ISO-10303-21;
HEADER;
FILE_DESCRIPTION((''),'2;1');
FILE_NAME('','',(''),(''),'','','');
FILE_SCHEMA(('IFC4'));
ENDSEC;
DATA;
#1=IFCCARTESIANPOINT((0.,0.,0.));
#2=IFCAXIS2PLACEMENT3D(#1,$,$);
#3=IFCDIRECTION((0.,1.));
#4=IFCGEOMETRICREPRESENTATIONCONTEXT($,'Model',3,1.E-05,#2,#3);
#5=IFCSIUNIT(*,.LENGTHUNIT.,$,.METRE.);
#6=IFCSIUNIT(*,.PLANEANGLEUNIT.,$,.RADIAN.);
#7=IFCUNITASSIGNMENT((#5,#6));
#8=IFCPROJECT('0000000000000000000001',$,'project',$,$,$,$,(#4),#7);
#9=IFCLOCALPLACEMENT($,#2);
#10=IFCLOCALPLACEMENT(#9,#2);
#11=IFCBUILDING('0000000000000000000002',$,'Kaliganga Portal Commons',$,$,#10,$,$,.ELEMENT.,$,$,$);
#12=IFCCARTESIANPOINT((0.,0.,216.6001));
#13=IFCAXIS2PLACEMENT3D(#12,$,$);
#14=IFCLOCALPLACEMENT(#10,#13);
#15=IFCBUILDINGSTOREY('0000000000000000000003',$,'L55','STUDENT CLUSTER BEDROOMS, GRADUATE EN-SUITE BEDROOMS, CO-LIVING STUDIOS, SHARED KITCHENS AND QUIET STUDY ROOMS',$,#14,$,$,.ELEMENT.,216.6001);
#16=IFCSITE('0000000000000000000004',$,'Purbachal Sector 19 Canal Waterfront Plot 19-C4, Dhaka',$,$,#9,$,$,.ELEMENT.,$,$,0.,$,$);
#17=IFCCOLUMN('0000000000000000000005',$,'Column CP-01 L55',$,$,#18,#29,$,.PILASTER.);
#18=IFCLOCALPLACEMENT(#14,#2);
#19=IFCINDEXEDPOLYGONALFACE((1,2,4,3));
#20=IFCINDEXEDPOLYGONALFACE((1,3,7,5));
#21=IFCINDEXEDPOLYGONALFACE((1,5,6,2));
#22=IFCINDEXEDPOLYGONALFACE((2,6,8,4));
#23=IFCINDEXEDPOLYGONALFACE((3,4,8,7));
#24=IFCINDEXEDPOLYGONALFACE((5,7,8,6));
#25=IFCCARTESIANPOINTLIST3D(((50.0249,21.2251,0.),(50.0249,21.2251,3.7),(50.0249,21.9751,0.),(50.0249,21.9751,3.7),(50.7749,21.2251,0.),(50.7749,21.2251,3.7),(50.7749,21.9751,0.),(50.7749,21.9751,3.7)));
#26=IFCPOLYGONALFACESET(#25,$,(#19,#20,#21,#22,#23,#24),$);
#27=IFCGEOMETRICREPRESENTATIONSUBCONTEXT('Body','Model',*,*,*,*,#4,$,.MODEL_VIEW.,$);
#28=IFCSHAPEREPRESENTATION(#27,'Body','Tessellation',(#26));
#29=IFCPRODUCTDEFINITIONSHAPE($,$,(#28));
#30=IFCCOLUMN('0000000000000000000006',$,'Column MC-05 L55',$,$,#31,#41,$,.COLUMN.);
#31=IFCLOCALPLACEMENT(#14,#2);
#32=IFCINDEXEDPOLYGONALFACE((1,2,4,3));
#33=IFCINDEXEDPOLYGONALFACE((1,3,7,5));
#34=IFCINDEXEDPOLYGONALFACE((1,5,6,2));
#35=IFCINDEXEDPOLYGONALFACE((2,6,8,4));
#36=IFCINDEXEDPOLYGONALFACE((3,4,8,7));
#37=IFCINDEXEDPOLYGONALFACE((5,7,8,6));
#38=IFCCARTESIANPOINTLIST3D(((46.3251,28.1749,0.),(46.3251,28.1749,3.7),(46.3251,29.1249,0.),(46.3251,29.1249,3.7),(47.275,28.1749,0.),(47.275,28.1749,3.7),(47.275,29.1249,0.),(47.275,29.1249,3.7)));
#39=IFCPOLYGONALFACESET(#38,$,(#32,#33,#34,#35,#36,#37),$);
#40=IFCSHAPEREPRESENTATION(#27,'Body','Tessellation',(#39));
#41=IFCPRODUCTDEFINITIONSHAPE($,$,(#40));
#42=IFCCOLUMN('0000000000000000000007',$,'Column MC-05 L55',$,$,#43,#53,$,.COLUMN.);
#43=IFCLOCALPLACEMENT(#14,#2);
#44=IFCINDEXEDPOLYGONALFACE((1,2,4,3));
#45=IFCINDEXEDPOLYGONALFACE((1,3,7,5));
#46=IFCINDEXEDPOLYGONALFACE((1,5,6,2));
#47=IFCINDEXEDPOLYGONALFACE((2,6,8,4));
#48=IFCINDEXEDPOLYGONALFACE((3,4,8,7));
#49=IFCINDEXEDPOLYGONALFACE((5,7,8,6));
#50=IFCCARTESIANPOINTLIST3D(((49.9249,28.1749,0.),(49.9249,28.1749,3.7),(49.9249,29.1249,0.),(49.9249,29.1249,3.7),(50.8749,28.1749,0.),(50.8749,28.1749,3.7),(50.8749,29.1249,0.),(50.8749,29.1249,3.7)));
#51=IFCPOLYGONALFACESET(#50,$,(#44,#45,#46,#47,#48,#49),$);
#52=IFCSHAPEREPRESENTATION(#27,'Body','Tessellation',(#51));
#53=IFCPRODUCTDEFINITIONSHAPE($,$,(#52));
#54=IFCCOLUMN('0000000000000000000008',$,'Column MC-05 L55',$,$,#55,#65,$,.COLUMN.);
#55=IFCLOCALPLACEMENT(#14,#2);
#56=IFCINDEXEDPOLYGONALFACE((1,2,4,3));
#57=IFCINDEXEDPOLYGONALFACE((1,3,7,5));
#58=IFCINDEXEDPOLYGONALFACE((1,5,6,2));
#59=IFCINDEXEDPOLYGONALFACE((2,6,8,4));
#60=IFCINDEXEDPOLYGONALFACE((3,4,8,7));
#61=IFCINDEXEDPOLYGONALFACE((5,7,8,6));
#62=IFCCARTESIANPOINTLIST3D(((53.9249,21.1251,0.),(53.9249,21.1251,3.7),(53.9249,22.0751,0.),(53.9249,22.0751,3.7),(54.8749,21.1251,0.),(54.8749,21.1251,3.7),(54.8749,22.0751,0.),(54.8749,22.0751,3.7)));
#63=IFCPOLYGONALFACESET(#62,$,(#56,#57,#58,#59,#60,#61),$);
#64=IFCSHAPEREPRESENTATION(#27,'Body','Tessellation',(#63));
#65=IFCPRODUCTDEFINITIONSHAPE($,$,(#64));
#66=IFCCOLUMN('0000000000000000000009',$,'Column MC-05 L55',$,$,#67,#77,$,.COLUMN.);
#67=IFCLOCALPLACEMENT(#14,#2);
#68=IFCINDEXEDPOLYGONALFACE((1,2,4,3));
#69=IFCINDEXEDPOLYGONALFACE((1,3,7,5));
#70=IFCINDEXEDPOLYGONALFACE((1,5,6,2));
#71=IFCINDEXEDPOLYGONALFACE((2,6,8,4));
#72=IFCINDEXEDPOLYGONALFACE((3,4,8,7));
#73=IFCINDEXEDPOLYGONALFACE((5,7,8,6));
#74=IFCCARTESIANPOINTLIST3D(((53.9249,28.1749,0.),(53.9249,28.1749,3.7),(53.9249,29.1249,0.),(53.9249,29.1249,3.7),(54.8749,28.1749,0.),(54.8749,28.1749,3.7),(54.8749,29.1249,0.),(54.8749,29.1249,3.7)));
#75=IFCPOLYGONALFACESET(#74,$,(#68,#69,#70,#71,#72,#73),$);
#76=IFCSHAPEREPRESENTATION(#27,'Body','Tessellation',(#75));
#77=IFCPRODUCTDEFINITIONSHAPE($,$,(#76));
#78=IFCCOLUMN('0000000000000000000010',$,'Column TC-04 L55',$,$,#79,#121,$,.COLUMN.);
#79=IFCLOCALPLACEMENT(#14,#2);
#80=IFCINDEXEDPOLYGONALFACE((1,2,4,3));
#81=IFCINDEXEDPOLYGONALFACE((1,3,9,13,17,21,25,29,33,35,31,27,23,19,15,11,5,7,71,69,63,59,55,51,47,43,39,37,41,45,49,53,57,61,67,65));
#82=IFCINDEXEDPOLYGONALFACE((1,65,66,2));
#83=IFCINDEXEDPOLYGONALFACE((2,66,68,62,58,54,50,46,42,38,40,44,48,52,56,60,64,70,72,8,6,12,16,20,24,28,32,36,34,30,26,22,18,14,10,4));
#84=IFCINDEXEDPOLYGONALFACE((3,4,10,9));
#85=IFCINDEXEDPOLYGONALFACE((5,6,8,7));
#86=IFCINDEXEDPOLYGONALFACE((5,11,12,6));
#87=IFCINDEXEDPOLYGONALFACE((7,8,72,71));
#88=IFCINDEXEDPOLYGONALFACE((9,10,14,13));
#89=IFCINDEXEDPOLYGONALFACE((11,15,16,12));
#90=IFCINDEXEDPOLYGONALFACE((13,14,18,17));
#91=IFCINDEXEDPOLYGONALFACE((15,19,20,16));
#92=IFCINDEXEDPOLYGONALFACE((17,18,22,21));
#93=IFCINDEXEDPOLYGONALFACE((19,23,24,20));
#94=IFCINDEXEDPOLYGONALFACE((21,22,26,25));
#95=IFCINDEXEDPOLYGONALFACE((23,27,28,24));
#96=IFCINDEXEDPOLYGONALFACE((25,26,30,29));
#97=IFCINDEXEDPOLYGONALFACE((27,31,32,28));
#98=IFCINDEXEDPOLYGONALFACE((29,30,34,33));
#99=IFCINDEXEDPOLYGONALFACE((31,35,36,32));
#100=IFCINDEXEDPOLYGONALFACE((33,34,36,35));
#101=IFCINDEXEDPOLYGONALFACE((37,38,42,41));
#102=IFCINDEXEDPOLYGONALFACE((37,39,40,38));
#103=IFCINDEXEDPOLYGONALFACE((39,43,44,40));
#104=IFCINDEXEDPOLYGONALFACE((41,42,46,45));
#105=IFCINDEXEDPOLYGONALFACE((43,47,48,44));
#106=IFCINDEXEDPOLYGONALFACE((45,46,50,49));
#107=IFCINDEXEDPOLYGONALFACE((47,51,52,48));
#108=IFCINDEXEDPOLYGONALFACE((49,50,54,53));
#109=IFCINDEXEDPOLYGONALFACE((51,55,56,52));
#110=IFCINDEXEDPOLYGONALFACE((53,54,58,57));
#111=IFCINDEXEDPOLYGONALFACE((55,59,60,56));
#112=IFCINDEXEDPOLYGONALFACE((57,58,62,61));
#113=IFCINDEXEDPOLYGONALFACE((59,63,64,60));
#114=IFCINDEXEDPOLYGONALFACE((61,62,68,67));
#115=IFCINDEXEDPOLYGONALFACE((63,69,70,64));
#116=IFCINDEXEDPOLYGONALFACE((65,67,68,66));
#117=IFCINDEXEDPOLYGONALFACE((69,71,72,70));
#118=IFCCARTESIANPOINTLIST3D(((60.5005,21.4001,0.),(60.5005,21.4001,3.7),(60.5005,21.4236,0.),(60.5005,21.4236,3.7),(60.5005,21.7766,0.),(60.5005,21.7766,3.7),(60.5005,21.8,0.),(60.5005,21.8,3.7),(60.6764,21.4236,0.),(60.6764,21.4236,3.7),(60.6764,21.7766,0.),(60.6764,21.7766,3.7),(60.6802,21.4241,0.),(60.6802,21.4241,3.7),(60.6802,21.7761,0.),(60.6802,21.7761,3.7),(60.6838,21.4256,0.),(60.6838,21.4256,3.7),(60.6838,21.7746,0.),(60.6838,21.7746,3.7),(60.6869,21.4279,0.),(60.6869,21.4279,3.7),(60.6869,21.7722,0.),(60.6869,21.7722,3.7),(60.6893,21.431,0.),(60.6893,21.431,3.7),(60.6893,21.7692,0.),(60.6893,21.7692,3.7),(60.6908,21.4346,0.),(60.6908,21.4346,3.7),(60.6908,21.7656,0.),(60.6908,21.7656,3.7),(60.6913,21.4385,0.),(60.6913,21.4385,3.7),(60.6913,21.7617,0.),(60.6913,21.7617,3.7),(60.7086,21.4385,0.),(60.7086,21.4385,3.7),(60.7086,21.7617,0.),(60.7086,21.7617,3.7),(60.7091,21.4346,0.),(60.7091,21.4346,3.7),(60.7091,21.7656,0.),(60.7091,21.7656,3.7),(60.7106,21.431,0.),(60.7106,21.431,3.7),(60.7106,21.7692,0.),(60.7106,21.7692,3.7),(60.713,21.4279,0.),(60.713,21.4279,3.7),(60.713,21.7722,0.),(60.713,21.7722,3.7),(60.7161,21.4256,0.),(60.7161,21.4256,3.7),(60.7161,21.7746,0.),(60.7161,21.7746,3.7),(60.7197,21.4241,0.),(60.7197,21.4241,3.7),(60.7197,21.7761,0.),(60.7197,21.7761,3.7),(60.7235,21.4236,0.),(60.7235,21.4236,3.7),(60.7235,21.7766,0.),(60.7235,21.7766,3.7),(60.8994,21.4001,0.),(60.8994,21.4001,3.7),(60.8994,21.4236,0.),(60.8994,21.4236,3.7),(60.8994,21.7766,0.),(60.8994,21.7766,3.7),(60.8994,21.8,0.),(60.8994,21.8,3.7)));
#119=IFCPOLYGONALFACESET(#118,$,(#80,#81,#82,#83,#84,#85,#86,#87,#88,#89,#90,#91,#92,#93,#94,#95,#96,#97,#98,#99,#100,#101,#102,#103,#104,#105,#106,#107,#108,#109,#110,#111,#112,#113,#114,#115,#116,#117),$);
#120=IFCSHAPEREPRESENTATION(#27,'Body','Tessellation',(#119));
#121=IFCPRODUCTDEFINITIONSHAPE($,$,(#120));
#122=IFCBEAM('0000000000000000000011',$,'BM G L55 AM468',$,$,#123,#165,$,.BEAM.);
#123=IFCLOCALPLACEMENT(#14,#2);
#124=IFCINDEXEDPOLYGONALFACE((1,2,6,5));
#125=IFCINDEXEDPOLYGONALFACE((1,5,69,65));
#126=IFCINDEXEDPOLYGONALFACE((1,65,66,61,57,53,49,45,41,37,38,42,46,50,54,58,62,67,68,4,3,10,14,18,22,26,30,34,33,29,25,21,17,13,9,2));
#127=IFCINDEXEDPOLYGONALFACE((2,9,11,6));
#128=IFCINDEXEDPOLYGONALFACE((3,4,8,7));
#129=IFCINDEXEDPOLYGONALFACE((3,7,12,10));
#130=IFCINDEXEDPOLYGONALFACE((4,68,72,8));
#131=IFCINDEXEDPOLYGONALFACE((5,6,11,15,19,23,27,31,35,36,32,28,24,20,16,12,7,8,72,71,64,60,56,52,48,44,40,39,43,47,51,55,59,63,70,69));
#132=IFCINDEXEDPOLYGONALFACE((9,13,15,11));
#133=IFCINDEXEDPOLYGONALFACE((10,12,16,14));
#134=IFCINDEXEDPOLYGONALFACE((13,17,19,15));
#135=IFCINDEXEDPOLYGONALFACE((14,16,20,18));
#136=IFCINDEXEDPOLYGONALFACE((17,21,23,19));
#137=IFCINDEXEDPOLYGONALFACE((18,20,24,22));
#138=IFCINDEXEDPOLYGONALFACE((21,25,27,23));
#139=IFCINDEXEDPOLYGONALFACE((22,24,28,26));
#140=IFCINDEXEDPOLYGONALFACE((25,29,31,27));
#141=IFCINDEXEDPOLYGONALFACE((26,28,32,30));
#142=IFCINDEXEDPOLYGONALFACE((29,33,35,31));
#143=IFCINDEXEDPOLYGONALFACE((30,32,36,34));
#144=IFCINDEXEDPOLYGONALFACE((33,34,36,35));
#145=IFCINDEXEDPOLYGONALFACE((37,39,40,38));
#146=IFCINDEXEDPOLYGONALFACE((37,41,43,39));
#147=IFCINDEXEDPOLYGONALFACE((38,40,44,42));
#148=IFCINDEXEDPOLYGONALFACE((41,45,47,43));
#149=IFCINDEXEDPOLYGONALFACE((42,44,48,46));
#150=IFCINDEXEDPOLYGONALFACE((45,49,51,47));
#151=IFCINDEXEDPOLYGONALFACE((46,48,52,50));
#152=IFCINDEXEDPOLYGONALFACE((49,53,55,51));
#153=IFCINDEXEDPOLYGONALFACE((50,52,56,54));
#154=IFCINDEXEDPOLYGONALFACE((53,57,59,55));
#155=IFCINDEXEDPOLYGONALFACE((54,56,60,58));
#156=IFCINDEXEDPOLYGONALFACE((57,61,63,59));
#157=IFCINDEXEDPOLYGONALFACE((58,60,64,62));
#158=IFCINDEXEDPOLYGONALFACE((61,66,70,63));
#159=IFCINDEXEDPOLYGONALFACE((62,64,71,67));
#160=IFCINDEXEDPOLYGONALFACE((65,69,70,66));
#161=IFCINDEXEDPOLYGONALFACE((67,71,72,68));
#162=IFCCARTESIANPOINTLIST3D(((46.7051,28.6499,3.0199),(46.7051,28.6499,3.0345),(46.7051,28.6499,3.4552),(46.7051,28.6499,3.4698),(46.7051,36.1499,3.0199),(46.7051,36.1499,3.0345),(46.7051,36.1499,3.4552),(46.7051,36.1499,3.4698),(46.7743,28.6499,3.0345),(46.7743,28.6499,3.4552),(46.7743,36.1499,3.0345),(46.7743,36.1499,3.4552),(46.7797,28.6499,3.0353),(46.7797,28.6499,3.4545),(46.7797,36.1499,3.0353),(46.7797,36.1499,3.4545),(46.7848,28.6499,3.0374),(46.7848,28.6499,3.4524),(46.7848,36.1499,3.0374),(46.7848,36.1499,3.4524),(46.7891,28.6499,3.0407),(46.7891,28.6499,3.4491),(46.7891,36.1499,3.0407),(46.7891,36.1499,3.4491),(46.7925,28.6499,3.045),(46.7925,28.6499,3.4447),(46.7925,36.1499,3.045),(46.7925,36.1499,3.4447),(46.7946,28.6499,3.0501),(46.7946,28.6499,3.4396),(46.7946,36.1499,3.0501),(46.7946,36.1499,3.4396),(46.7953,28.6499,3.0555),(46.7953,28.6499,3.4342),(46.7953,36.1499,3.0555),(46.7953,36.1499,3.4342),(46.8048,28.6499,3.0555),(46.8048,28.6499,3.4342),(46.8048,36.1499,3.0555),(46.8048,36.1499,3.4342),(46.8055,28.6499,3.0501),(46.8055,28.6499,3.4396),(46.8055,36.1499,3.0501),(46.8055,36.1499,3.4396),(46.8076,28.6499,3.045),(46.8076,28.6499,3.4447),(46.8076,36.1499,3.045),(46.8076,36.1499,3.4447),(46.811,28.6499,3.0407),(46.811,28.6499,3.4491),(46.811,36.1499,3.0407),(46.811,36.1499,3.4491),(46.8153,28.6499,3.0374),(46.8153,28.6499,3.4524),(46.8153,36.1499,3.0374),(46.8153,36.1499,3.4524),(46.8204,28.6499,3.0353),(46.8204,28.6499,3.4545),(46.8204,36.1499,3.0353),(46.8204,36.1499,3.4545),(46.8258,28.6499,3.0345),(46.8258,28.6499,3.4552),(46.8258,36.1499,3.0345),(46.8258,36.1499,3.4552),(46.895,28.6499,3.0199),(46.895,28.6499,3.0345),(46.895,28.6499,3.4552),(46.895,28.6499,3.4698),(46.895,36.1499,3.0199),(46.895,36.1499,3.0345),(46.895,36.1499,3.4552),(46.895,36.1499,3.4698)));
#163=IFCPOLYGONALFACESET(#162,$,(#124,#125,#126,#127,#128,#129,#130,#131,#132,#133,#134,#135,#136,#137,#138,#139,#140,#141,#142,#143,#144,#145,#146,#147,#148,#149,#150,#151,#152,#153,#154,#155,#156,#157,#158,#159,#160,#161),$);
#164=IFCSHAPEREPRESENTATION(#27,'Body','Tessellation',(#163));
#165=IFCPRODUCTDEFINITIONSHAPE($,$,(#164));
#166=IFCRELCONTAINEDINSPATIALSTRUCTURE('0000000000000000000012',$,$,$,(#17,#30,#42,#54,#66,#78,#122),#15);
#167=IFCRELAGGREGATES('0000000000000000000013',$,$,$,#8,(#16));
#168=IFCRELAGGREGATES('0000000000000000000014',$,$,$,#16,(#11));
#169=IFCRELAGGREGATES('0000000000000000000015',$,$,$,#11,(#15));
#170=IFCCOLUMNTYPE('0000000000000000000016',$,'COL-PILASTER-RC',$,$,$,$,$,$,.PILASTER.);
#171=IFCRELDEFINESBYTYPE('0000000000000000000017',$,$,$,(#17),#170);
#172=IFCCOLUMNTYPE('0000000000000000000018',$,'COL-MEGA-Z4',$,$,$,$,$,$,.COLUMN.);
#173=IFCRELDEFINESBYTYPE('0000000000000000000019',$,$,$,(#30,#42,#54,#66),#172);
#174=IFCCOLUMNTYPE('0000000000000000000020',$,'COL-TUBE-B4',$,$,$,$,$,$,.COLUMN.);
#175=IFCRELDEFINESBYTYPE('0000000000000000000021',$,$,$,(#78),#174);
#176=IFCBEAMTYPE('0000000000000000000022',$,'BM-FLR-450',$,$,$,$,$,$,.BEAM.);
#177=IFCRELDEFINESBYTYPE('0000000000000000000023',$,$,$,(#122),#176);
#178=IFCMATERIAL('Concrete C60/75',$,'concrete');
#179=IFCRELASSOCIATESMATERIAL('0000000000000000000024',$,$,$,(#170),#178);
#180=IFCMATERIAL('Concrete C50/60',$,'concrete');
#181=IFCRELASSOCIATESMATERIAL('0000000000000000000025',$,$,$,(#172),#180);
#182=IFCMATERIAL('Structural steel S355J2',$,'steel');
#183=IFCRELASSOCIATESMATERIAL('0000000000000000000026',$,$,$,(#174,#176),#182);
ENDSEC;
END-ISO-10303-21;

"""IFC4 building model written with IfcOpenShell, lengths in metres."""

from ifc_helpers import new_model, si_unit, direction, frame, origin, origin_2d, place, context, subcontext, project, spatial, rectangle, i_section, extrude, source, transform, mapped, material, material_profile, profile_set, type_object, element, save


model = new_model("IFC4")

# Units and contexts
model_context = context("Model", 3, precision=1e-05, world=origin(), true_north=direction((0.0, 1.0)))
body_context = subcontext(model_context, "Body", "Model", "MODEL_VIEW")
ifc_project = project(units=[si_unit("LENGTHUNIT", "METRE"), si_unit("PLANEANGLEUNIT", "RADIAN")], contexts=[model_context])

# Site, building, storey
site_placement = place(None, origin())
site = spatial("IfcSite", under=ifc_project, at=site_placement, Name="Purbachal Sector 19 Canal Waterfront Plot 19-C4, Dhaka", CompositionType="ELEMENT", RefElevation=0.0)
building_placement = place(site_placement, origin())
building = spatial("IfcBuilding", under=site, at=building_placement, Name="Kaliganga Portal Commons", CompositionType="ELEMENT")
storey_placement = place(building_placement, frame((0.0, 0.0, 216.6001)))
storey = spatial("IfcBuildingStorey", under=building, at=storey_placement, Name="L55", Description="STUDENT CLUSTER BEDROOMS, GRADUATE EN-SUITE BEDROOMS, CO-LIVING STUDIOS, SHARED KITCHENS AND QUIET STUDY ROOMS", CompositionType="ELEMENT", Elevation=216.6001)

# Columns
ifc_material_1 = material(Name="Concrete C60/75", Category="concrete")
ifc_material_profile_1 = material_profile(ifc_material_1, rectangle(XDim=0.75, YDim=0.75, at=origin_2d()), Name="RC 750x750")
ifc_profile_set_1 = profile_set([ifc_material_profile_1], Name="Concrete C60/75")
column_type_1 = type_object("IfcColumnType", Name="COL-PILASTER-RC", PredefinedType="PILASTER", material=ifc_profile_set_1)
shared_shape_1 = source(origin(), body_context, "Body", "SweptSolid", [
    extrude(rectangle(XDim=0.75, YDim=0.75, at=origin_2d()), origin(), (0.0, 0.0, 1.0), 3.7),
])
column_1_placement = place(storey_placement, frame((50.3999, 21.6001, 0.0), z_axis=(0.0, 0.0, 1.0), x_axis=(1.0, 0.0, 0.0)))
element("IfcColumn", 1, at=column_1_placement, inside=storey, type_object=column_type_1, Name="Column CP-01 L55", PredefinedType="PILASTER", context=body_context, shape_type="MappedRepresentation", body=[
    mapped(shared_shape_1, transform((0.0, 0.0, 0.0), x_axis=(1.0, 0.0, 0.0), y_axis=(0.0, 1.0, 0.0), z_axis=(0.0, 0.0, 1.0), scale=1.0)),
])
ifc_material_2 = material(Name="Concrete C50/60", Category="concrete")
ifc_material_profile_2 = material_profile(ifc_material_2, rectangle(XDim=0.95, YDim=0.95, at=origin_2d()), Name="RC 950x950")
ifc_profile_set_2 = profile_set([ifc_material_profile_2], Name="Concrete C50/60")
column_type_2 = type_object("IfcColumnType", Name="COL-MEGA-Z4", PredefinedType="COLUMN", material=ifc_profile_set_2)
shared_shape_2 = source(origin(), body_context, "Body", "SweptSolid", [
    extrude(rectangle(XDim=0.95, YDim=0.95, at=origin_2d()), origin(), (0.0, 0.0, 1.0), 3.7),
])
for number, where, z_axis, x_axis, name in (
    (2, (46.8, 28.6499, 0.0), (0.0, 0.0, 1.0), (1.0, 0.0, 0.0), "Column MC-05 L55"),
    (3, (50.3999, 28.6499, 0.0), (0.0, 0.0, 1.0), (1.0, 0.0, 0.0), "Column MC-05 L55"),
    (4, (54.3999, 21.6001, 0.0), (0.0, 0.0, 1.0), (1.0, 0.0, 0.0), "Column MC-05 L55"),
    (5, (54.3999, 28.6499, 0.0), (0.0, 0.0, 1.0), (1.0, 0.0, 0.0), "Column MC-05 L55"),
):
    element("IfcColumn", number, at=place(storey_placement, frame(where, z_axis=z_axis, x_axis=x_axis)), inside=storey, type_object=column_type_2, Name=name, PredefinedType="COLUMN", context=body_context, shape_type="MappedRepresentation", body=[
        mapped(shared_shape_2, transform((0.0, 0.0, 0.0), x_axis=(1.0, 0.0, 0.0), y_axis=(0.0, 1.0, 0.0), z_axis=(0.0, 0.0, 1.0), scale=1.0)),
    ])
ifc_material_3 = material(Name="Structural steel S355J2", Category="steel")
ifc_material_profile_3 = material_profile(ifc_material_3, i_section(OverallWidth=0.3989, OverallDepth=0.3999, WebThickness=0.0173, FlangeThickness=0.0234, FilletRadius=0.0149, at=origin_2d()), Name="HD 400x287")
ifc_profile_set_3 = profile_set([ifc_material_profile_3], Name="Structural steel S355J2 wide-flange")
column_type_3 = type_object("IfcColumnType", Name="COL-TUBE-B4", PredefinedType="COLUMN", material=ifc_profile_set_3)
shared_shape_3 = source(origin(), body_context, "Body", "SweptSolid", [
    extrude(i_section(OverallWidth=0.3989, OverallDepth=0.3999, WebThickness=0.0173, FlangeThickness=0.0234, FilletRadius=0.0149, at=origin_2d()), origin(), (0.0, 0.0, 1.0), 3.7),
])
column_2_placement = place(storey_placement, frame((60.7, 21.6001, 0.0), z_axis=(0.0, 0.0, 1.0), x_axis=(1.0, 0.0, 0.0)))
element("IfcColumn", 6, at=column_2_placement, inside=storey, type_object=column_type_3, Name="Column TC-04 L55", PredefinedType="COLUMN", context=body_context, shape_type="MappedRepresentation", body=[
    mapped(shared_shape_3, transform((0.0, 0.0, 0.0), x_axis=(1.0, 0.0, 0.0), y_axis=(0.0, 1.0, 0.0), z_axis=(0.0, 0.0, 1.0), scale=1.0)),
])

# Beam
ifc_material_profile_4 = material_profile(ifc_material_3, i_section(OverallWidth=0.1899, OverallDepth=0.45, WebThickness=0.0095, FlangeThickness=0.0146, FilletRadius=0.021, at=origin_2d()), Name="IPE 450")
ifc_profile_set_4 = profile_set([ifc_material_profile_4], Name="Structural steel S355J2 wide-flange")
beam_type_1 = type_object("IfcBeamType", Name="BM-FLR-450", PredefinedType="BEAM", material=ifc_profile_set_4)
shared_shape_4 = source(origin(), body_context, "Body", "SweptSolid", [
    extrude(i_section(OverallWidth=0.1899, OverallDepth=0.45, WebThickness=0.0095, FlangeThickness=0.0146, FilletRadius=0.021, at=origin_2d()), origin(), (0.0, 0.0, 1.0), 7.5),
])
beam_1_placement = place(storey_placement, frame((46.8, 28.6499, 3.2449), z_axis=(0.0, 1.0, 0.0), x_axis=(-1.0, 0.0, 0.0)))
element("IfcBeam", 7, at=beam_1_placement, inside=storey, type_object=beam_type_1, Name="BM G L55 AM468", PredefinedType="BEAM", context=body_context, shape_type="MappedRepresentation", body=[
    mapped(shared_shape_4, transform((0.0, 0.0, 0.0), x_axis=(1.0, 0.0, 0.0), y_axis=(0.0, 1.0, 0.0), z_axis=(0.0, 0.0, 1.0), scale=1.0)),
])

save(model, "model.ifc")
